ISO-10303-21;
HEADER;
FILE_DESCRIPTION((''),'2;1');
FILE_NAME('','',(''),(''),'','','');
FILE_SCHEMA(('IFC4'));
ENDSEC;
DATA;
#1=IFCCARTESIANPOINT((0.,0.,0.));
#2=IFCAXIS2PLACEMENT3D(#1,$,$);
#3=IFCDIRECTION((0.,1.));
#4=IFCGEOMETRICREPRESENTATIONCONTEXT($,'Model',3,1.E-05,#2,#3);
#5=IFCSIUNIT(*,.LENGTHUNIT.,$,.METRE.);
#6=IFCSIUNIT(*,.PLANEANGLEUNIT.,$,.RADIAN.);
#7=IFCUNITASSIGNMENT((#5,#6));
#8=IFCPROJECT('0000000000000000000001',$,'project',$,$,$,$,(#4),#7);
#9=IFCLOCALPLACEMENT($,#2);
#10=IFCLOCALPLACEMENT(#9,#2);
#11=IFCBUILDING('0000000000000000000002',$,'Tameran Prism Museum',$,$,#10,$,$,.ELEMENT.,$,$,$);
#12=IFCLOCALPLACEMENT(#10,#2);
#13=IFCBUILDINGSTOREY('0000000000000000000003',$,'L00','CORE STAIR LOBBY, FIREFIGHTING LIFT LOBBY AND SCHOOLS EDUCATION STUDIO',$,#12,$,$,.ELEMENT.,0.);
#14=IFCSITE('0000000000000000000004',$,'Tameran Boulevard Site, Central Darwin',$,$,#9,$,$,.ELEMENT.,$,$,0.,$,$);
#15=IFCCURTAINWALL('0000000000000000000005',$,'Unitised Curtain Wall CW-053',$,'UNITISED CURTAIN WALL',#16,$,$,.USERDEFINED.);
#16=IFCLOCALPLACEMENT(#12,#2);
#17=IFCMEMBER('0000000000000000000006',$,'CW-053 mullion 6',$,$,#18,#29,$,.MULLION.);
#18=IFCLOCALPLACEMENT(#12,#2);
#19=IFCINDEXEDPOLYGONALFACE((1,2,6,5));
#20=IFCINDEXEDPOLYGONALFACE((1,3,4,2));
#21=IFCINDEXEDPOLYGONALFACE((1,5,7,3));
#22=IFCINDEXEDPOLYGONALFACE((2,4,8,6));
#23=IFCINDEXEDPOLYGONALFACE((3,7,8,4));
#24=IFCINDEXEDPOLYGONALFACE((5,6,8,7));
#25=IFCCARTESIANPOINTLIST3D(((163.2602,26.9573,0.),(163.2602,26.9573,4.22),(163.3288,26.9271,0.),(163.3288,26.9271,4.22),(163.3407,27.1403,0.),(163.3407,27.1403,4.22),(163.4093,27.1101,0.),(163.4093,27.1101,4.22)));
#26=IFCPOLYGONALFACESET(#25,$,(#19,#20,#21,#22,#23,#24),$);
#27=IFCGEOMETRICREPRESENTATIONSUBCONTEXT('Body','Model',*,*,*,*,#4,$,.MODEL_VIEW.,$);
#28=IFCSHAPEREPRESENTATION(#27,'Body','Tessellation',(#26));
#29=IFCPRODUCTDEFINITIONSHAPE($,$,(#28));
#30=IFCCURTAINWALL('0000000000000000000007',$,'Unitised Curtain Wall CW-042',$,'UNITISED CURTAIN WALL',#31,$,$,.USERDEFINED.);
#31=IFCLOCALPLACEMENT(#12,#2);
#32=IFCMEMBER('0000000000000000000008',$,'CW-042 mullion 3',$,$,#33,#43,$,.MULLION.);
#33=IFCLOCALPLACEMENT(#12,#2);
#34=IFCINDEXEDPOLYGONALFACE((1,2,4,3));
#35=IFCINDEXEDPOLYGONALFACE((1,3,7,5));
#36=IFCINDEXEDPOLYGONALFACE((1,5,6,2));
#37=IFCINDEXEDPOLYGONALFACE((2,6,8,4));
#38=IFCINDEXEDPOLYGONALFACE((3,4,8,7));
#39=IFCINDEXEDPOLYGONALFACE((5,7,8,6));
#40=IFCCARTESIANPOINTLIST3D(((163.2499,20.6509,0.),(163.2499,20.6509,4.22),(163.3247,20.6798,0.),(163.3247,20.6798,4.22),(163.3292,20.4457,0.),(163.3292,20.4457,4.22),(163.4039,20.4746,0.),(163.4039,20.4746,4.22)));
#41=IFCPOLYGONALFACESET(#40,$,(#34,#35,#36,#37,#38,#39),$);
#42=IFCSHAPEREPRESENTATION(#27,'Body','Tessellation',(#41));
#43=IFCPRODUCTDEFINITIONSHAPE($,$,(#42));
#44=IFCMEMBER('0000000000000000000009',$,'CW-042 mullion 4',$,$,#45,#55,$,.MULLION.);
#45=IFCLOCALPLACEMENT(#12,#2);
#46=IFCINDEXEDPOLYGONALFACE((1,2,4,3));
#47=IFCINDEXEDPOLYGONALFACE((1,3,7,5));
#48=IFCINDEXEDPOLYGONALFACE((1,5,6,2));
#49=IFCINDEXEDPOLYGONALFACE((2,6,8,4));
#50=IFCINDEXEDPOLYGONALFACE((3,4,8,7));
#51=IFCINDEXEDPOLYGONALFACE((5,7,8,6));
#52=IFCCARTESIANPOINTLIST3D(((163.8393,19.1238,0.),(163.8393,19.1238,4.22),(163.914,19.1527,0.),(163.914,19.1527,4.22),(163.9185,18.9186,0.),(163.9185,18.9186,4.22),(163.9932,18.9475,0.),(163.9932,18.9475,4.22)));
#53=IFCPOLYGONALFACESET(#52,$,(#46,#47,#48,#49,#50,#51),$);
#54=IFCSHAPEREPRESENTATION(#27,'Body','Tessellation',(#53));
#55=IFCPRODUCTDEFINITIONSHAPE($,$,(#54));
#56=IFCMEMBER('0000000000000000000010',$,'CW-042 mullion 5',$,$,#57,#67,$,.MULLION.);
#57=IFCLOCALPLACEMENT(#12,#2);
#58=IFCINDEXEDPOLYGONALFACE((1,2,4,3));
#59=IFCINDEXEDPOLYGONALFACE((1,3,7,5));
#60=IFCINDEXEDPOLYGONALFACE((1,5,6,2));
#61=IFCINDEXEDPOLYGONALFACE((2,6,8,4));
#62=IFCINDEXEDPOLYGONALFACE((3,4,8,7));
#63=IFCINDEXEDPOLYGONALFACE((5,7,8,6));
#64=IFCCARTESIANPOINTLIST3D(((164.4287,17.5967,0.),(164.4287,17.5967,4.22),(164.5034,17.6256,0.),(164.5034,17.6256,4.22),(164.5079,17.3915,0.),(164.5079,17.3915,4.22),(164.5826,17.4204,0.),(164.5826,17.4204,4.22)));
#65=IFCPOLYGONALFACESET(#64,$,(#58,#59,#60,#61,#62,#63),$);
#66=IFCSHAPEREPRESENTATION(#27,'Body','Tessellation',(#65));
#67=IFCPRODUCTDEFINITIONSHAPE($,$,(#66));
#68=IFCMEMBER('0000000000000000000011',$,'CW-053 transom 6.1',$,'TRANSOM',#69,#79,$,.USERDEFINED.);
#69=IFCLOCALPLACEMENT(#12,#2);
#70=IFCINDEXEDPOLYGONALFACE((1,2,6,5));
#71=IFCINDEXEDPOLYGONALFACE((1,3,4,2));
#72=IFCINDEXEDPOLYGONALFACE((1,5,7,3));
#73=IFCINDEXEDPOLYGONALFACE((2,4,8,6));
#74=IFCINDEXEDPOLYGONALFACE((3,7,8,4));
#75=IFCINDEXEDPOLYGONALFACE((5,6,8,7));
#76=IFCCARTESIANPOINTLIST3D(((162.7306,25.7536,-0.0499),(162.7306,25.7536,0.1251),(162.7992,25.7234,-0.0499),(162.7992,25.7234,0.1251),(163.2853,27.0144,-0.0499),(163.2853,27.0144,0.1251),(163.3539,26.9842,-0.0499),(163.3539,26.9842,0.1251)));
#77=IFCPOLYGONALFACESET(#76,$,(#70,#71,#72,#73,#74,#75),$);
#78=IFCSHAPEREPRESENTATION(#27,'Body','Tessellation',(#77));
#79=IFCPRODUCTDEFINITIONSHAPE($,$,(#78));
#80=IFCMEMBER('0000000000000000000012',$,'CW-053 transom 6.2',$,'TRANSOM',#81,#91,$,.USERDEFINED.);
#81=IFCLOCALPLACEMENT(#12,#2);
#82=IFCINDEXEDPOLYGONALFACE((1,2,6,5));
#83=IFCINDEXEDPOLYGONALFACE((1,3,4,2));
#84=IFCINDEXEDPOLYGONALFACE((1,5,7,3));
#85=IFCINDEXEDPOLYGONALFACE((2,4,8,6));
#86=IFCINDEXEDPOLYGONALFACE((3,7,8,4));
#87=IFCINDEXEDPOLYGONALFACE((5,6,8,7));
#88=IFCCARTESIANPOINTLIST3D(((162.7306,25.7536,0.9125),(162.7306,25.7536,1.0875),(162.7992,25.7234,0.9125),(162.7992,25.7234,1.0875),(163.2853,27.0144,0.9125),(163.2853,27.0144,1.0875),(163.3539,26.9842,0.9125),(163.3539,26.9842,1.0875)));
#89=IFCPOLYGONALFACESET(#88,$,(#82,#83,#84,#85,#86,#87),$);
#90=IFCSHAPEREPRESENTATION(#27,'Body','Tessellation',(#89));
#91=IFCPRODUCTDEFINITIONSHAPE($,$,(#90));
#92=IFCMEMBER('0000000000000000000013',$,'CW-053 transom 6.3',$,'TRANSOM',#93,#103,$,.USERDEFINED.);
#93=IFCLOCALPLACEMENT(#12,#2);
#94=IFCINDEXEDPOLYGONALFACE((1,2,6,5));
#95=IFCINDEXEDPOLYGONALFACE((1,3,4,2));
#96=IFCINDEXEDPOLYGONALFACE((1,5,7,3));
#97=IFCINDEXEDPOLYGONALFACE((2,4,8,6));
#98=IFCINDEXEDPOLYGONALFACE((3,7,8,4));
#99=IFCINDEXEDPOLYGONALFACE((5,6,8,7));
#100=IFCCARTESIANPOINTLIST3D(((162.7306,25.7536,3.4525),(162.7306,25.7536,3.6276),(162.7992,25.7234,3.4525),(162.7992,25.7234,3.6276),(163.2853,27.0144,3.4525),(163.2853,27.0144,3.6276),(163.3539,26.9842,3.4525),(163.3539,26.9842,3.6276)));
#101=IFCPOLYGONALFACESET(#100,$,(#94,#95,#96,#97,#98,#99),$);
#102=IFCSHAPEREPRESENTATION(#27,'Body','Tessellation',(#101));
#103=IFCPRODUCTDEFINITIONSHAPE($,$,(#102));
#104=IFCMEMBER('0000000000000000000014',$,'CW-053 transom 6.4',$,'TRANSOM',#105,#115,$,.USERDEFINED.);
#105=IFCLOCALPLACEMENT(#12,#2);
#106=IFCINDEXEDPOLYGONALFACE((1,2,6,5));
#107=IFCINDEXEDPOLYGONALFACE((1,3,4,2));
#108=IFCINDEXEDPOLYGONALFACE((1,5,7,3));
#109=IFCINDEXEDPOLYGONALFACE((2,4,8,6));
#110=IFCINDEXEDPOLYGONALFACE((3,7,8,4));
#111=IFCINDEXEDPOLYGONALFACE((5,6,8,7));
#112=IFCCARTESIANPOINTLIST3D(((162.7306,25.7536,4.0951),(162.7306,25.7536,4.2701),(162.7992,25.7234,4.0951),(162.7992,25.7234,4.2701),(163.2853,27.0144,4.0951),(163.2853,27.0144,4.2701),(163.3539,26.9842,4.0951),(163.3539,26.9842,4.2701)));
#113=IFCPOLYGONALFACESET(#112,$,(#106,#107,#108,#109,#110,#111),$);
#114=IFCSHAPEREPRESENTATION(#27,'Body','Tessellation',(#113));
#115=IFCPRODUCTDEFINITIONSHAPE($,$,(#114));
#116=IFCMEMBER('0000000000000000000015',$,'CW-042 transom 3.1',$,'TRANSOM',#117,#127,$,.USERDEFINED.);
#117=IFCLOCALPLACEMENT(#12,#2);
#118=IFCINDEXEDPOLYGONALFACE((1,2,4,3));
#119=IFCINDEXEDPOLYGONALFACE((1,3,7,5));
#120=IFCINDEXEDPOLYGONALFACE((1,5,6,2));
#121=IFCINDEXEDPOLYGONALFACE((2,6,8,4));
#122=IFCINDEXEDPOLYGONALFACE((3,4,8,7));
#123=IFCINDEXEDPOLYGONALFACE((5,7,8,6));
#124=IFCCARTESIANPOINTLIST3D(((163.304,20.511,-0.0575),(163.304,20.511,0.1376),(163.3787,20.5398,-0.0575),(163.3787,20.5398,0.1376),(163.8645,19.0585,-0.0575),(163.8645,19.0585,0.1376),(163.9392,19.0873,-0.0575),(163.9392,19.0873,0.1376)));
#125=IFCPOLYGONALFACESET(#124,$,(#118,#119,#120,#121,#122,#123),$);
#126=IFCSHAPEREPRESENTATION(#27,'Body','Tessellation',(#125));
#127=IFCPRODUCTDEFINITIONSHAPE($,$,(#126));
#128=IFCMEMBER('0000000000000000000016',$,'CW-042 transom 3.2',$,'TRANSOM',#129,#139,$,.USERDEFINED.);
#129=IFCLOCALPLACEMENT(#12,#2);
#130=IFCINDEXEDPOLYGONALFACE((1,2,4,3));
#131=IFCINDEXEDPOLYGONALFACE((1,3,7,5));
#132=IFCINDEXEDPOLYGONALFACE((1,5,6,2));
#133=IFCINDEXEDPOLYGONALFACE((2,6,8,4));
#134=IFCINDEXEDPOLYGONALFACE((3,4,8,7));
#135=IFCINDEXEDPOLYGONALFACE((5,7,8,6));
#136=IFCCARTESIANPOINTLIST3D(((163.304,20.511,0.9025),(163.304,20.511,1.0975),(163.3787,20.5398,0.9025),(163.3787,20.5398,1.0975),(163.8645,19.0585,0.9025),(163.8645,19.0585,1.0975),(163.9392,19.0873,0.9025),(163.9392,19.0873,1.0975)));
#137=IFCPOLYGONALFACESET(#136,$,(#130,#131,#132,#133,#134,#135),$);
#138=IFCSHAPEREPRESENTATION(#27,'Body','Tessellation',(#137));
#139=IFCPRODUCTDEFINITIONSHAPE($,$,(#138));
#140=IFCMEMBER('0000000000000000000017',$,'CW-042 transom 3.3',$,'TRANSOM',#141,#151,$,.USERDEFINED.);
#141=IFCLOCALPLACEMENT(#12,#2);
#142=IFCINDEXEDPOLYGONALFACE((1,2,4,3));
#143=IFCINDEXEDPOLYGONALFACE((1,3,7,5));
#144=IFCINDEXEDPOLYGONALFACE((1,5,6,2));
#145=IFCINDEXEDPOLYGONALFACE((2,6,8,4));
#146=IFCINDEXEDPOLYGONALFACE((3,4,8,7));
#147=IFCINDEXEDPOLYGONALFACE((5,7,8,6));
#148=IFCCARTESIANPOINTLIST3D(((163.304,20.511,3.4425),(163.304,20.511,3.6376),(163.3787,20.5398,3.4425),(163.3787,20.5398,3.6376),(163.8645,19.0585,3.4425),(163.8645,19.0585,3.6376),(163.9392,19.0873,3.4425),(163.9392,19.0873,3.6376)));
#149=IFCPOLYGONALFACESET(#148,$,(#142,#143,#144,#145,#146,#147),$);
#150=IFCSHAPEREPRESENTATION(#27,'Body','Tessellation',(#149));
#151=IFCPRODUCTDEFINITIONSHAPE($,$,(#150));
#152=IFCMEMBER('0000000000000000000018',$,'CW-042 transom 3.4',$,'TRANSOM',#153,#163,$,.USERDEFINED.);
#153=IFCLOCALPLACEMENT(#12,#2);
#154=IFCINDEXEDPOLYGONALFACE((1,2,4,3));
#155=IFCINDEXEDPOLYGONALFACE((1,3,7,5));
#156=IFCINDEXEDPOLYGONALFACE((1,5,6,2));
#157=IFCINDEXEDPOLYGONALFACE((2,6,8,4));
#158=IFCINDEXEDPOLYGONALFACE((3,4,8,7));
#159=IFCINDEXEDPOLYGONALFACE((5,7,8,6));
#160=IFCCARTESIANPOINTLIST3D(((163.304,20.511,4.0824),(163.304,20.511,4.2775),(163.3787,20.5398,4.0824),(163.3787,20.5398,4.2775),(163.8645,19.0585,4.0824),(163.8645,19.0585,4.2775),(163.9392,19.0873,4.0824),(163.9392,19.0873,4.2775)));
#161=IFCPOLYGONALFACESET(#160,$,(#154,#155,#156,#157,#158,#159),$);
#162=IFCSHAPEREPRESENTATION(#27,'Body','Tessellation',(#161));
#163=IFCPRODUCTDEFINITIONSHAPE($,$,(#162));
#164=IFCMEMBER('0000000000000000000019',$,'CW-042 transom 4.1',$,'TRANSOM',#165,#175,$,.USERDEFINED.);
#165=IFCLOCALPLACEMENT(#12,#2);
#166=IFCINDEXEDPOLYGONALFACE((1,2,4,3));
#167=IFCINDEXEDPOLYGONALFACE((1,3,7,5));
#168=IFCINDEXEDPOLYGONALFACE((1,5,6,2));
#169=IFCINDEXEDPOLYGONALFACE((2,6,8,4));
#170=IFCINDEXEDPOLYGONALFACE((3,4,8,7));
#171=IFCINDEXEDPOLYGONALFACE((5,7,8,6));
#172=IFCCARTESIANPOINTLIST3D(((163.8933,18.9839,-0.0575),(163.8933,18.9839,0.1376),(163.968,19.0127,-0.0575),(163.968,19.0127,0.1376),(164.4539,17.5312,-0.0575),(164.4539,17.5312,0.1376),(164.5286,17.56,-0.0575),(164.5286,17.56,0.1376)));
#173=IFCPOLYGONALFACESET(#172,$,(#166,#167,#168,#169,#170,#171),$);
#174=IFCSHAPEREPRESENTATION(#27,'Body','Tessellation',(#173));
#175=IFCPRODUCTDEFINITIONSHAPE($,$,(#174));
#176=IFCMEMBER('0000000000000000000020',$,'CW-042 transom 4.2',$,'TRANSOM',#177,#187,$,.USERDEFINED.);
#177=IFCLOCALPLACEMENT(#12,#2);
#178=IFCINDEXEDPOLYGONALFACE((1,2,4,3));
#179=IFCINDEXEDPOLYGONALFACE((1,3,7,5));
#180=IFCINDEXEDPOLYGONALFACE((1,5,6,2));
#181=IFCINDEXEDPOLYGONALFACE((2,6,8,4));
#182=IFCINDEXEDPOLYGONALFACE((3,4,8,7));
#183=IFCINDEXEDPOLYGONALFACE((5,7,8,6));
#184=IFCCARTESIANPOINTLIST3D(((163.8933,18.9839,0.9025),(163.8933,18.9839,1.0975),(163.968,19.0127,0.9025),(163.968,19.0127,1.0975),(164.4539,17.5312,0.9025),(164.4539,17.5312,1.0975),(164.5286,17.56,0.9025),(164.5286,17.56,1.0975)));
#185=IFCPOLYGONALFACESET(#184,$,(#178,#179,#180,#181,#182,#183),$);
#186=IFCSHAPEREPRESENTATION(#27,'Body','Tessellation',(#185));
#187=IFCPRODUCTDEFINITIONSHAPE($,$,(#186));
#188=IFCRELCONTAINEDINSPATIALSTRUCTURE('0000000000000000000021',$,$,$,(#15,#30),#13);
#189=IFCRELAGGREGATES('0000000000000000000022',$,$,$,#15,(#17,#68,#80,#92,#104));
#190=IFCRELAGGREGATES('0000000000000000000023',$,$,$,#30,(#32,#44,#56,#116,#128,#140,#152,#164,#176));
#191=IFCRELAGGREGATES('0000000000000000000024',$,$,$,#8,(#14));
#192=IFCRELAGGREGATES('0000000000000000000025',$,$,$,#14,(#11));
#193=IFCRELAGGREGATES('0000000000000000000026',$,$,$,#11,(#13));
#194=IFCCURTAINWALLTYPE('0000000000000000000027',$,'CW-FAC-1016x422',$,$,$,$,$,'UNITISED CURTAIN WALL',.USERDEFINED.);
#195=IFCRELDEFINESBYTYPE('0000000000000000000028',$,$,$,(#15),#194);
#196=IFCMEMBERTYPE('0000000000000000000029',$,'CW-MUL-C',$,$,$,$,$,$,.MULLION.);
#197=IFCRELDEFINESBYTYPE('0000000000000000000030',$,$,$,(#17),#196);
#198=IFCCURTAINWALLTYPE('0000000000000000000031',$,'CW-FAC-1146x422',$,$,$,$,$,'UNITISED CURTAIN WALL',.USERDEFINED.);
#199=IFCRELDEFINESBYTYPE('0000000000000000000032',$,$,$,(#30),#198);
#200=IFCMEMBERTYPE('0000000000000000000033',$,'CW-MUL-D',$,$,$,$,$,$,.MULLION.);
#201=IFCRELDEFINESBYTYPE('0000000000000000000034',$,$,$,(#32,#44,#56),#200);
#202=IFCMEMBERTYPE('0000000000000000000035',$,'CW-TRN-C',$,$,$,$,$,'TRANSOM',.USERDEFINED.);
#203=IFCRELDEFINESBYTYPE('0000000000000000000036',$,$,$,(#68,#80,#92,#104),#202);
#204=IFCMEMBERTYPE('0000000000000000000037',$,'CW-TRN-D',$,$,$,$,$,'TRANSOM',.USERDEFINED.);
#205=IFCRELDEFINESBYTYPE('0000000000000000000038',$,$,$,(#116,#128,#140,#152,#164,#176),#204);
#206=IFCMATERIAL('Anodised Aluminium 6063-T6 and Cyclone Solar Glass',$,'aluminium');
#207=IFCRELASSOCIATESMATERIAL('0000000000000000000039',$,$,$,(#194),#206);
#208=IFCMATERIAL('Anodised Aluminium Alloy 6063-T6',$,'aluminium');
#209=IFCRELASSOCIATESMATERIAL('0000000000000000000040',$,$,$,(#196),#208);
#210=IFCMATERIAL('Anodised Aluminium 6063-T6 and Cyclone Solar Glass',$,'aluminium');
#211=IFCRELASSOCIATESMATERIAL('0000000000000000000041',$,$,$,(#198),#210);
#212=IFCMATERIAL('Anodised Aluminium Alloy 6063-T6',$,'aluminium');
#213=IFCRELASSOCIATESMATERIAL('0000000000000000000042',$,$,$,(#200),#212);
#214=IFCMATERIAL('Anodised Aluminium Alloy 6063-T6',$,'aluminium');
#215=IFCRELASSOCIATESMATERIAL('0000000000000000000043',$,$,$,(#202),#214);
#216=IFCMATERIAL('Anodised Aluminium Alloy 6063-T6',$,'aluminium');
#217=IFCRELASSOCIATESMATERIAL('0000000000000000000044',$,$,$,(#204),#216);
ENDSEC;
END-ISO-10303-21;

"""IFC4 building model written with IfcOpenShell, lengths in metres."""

from ifc_helpers import new_model, si_unit, direction, frame, origin, origin_2d, place, context, subcontext, project, spatial, rectangle, extrude, material, material_profile, profile_set, type_object, element, aggregate, save


model = new_model("IFC4")

# Units and contexts
model_context = context("Model", 3, precision=1e-05, world=origin(), true_north=direction((0.0, 1.0)))
body_context = subcontext(model_context, "Body", "Model", "MODEL_VIEW")
ifc_project = project(units=[si_unit("LENGTHUNIT", "METRE"), si_unit("PLANEANGLEUNIT", "RADIAN")], contexts=[model_context])

# Site, building, storey
site_placement = place(None, origin())
site = spatial("IfcSite", under=ifc_project, at=site_placement, Name="Tameran Boulevard Site, Central Darwin", CompositionType="ELEMENT", RefElevation=0.0)
building_placement = place(site_placement, origin())
building = spatial("IfcBuilding", under=site, at=building_placement, Name="Tameran Prism Museum", CompositionType="ELEMENT")
storey_placement = place(building_placement, origin())
storey = spatial("IfcBuildingStorey", under=building, at=storey_placement, Name="L00", Description="CORE STAIR LOBBY, FIREFIGHTING LIFT LOBBY AND SCHOOLS EDUCATION STUDIO", CompositionType="ELEMENT", Elevation=0.0)

# Curtain wall, member
ifc_material_1 = material(Name="Anodised Aluminium 6063-T6 and Cyclone Solar Glass", Category="aluminium")
curtain_wall_type_1 = type_object("IfcCurtainWallType", Name="CW-FAC-1016x422", ElementType="UNITISED CURTAIN WALL", PredefinedType="USERDEFINED", material=ifc_material_1)
curtain_wall_1_placement = place(storey_placement, origin())
curtain_wall_1 = element("IfcCurtainWall", 1, at=curtain_wall_1_placement, inside=storey, type_object=curtain_wall_type_1, Name="Unitised Curtain Wall CW-053", ObjectType="UNITISED CURTAIN WALL", PredefinedType="USERDEFINED")
ifc_material_2 = material(Name="Anodised Aluminium Alloy 6063-T6", Category="aluminium")
ifc_material_profile_1 = material_profile(ifc_material_2, rectangle(XDim=0.075, YDim=0.2, at=origin_2d()))
ifc_profile_set_1 = profile_set([ifc_material_profile_1])
member_type_1 = type_object("IfcMemberType", Name="CW-MUL-C", PredefinedType="MULLION", material=ifc_profile_set_1)
member_1_placement = place(storey_placement, frame((163.3347, 27.0337, 0.0), z_axis=(0.0, 0.0, 1.0), x_axis=(0.915322, -0.402722, 0.0)))
member_1 = element("IfcMember", 2, at=member_1_placement, type_object=member_type_1, Name="CW-053 mullion 6", PredefinedType="MULLION", context=body_context, shape_type="SweptSolid", body=[
    extrude(rectangle(XDim=0.075, YDim=0.2, at=origin_2d()), origin(), (0.0, 0.0, 1.0), 4.22),
])

# Curtain wall, members
ifc_material_3 = material(Name="Anodised Aluminium 6063-T6 and Cyclone Solar Glass", Category="aluminium")
curtain_wall_type_2 = type_object("IfcCurtainWallType", Name="CW-FAC-1146x422", ElementType="UNITISED CURTAIN WALL", PredefinedType="USERDEFINED", material=ifc_material_3)
curtain_wall_2_placement = place(storey_placement, origin())
curtain_wall_2 = element("IfcCurtainWall", 3, at=curtain_wall_2_placement, inside=storey, type_object=curtain_wall_type_2, Name="Unitised Curtain Wall CW-042", ObjectType="UNITISED CURTAIN WALL", PredefinedType="USERDEFINED")
ifc_material_4 = material(Name="Anodised Aluminium Alloy 6063-T6", Category="aluminium")
ifc_material_profile_2 = material_profile(ifc_material_4, rectangle(XDim=0.0801, YDim=0.22, at=origin_2d()))
ifc_profile_set_2 = profile_set([ifc_material_profile_2])
member_type_2 = type_object("IfcMemberType", Name="CW-MUL-D", PredefinedType="MULLION", material=ifc_profile_set_2)
member_2_placement = place(storey_placement, frame((163.3269, 20.5627, 0.0), z_axis=(0.0, 0.0, 1.0), x_axis=(0.932922, 0.360078, 0.0)))
member_2 = element("IfcMember", 4, at=member_2_placement, type_object=member_type_2, Name="CW-042 mullion 3", PredefinedType="MULLION", context=body_context, shape_type="SweptSolid", body=[
    extrude(rectangle(XDim=0.0801, YDim=0.22, at=origin_2d()), origin(), (0.0, 0.0, 1.0), 4.22),
])
member_3_placement = place(storey_placement, frame((163.9163, 19.0356, 0.0), z_axis=(0.0, 0.0, 1.0), x_axis=(0.932922, 0.360078, 0.0)))
member_3 = element("IfcMember", 5, at=member_3_placement, type_object=member_type_2, Name="CW-042 mullion 4", PredefinedType="MULLION", context=body_context, shape_type="SweptSolid", body=[
    extrude(rectangle(XDim=0.0801, YDim=0.22, at=origin_2d()), origin(), (0.0, 0.0, 1.0), 4.22),
])
member_4_placement = place(storey_placement, frame((164.5056, 17.5085, 0.0), z_axis=(0.0, 0.0, 1.0), x_axis=(0.932922, 0.360078, 0.0)))
member_4 = element("IfcMember", 6, at=member_4_placement, type_object=member_type_2, Name="CW-042 mullion 5", PredefinedType="MULLION", context=body_context, shape_type="SweptSolid", body=[
    extrude(rectangle(XDim=0.0801, YDim=0.22, at=origin_2d()), origin(), (0.0, 0.0, 1.0), 4.22),
])

# Members
ifc_material_5 = material(Name="Anodised Aluminium Alloy 6063-T6", Category="aluminium")
ifc_material_profile_3 = material_profile(ifc_material_5, rectangle(XDim=0.075, YDim=0.175, at=origin_2d()))
ifc_profile_set_3 = profile_set([ifc_material_profile_3])
member_type_3 = type_object("IfcMemberType", Name="CW-TRN-C", ElementType="TRANSOM", PredefinedType="USERDEFINED", material=ifc_profile_set_3)
member_5_placement = place(storey_placement, frame((163.3196, 26.9993, 0.0376), z_axis=(-0.402715, -0.915325, 0.0), x_axis=(0.915325, -0.402715, 0.0)))
member_5 = element("IfcMember", 7, at=member_5_placement, type_object=member_type_3, Name="CW-053 transom 6.1", ObjectType="TRANSOM", PredefinedType="USERDEFINED", context=body_context, shape_type="SweptSolid", body=[
    extrude(rectangle(XDim=0.075, YDim=0.175, at=origin_2d()), origin(), (0.0, 0.0, 1.0), 1.3774),
])
member_6_placement = place(storey_placement, frame((163.3196, 26.9993, 1.0), z_axis=(-0.402715, -0.915325, 0.0), x_axis=(0.915325, -0.402715, 0.0)))
member_6 = element("IfcMember", 8, at=member_6_placement, type_object=member_type_3, Name="CW-053 transom 6.2", ObjectType="TRANSOM", PredefinedType="USERDEFINED", context=body_context, shape_type="SweptSolid", body=[
    extrude(rectangle(XDim=0.075, YDim=0.175, at=origin_2d()), origin(), (0.0, 0.0, 1.0), 1.3774),
])
member_7_placement = place(storey_placement, frame((163.3196, 26.9993, 3.54), z_axis=(-0.402715, -0.915325, 0.0), x_axis=(0.915325, -0.402715, 0.0)))
member_7 = element("IfcMember", 9, at=member_7_placement, type_object=member_type_3, Name="CW-053 transom 6.3", ObjectType="TRANSOM", PredefinedType="USERDEFINED", context=body_context, shape_type="SweptSolid", body=[
    extrude(rectangle(XDim=0.075, YDim=0.175, at=origin_2d()), origin(), (0.0, 0.0, 1.0), 1.3774),
])
member_8_placement = place(storey_placement, frame((163.3196, 26.9993, 4.1826), z_axis=(-0.402715, -0.915325, 0.0), x_axis=(0.915325, -0.402715, 0.0)))
member_8 = element("IfcMember", 10, at=member_8_placement, type_object=member_type_3, Name="CW-053 transom 6.4", ObjectType="TRANSOM", PredefinedType="USERDEFINED", context=body_context, shape_type="SweptSolid", body=[
    extrude(rectangle(XDim=0.075, YDim=0.175, at=origin_2d()), origin(), (0.0, 0.0, 1.0), 1.3774),
])
ifc_material_6 = material(Name="Anodised Aluminium Alloy 6063-T6", Category="aluminium")
ifc_material_profile_4 = material_profile(ifc_material_6, rectangle(XDim=0.0801, YDim=0.1951, at=origin_2d()))
ifc_profile_set_4 = profile_set([ifc_material_profile_4])
member_type_4 = type_object("IfcMemberType", Name="CW-TRN-D", ElementType="TRANSOM", PredefinedType="USERDEFINED", material=ifc_profile_set_4)
member_9_placement = place(storey_placement, frame((163.3413, 20.5254, 0.04), z_axis=(0.360061, -0.932929, 0.0), x_axis=(0.932929, 0.360061, 0.0)))
member_9 = element("IfcMember", 11, at=member_9_placement, type_object=member_type_4, Name="CW-042 transom 3.1", ObjectType="TRANSOM", PredefinedType="USERDEFINED", context=body_context, shape_type="SweptSolid", body=[
    extrude(rectangle(XDim=0.0801, YDim=0.1951, at=origin_2d()), origin(), (0.0, 0.0, 1.0), 1.5569),
])
member_10_placement = place(storey_placement, frame((163.3413, 20.5254, 1.0), z_axis=(0.360061, -0.932929, 0.0), x_axis=(0.932929, 0.360061, 0.0)))
member_10 = element("IfcMember", 12, at=member_10_placement, type_object=member_type_4, Name="CW-042 transom 3.2", ObjectType="TRANSOM", PredefinedType="USERDEFINED", context=body_context, shape_type="SweptSolid", body=[
    extrude(rectangle(XDim=0.0801, YDim=0.1951, at=origin_2d()), origin(), (0.0, 0.0, 1.0), 1.5569),
])
member_11_placement = place(storey_placement, frame((163.3413, 20.5254, 3.54), z_axis=(0.360061, -0.932929, 0.0), x_axis=(0.932929, 0.360061, 0.0)))
member_11 = element("IfcMember", 13, at=member_11_placement, type_object=member_type_4, Name="CW-042 transom 3.3", ObjectType="TRANSOM", PredefinedType="USERDEFINED", context=body_context, shape_type="SweptSolid", body=[
    extrude(rectangle(XDim=0.0801, YDim=0.1951, at=origin_2d()), origin(), (0.0, 0.0, 1.0), 1.5569),
])
member_12_placement = place(storey_placement, frame((163.3413, 20.5254, 4.1799), z_axis=(0.360061, -0.932929, 0.0), x_axis=(0.932929, 0.360061, 0.0)))
member_12 = element("IfcMember", 14, at=member_12_placement, type_object=member_type_4, Name="CW-042 transom 3.4", ObjectType="TRANSOM", PredefinedType="USERDEFINED", context=body_context, shape_type="SweptSolid", body=[
    extrude(rectangle(XDim=0.0801, YDim=0.1951, at=origin_2d()), origin(), (0.0, 0.0, 1.0), 1.5569),
])
member_13_placement = place(storey_placement, frame((163.9307, 18.9983, 0.04), z_axis=(0.360009, -0.932949, 0.0), x_axis=(0.932949, 0.360009, 0.0)))
member_13 = element("IfcMember", 15, at=member_13_placement, type_object=member_type_4, Name="CW-042 transom 4.1", ObjectType="TRANSOM", PredefinedType="USERDEFINED", context=body_context, shape_type="SweptSolid", body=[
    extrude(rectangle(XDim=0.0801, YDim=0.1951, at=origin_2d()), origin(), (0.0, 0.0, 1.0), 1.5571),
])
member_14_placement = place(storey_placement, frame((163.9307, 18.9983, 1.0), z_axis=(0.360009, -0.932949, 0.0), x_axis=(0.932949, 0.360009, 0.0)))
member_14 = element("IfcMember", 16, at=member_14_placement, type_object=member_type_4, Name="CW-042 transom 4.2", ObjectType="TRANSOM", PredefinedType="USERDEFINED", context=body_context, shape_type="SweptSolid", body=[
    extrude(rectangle(XDim=0.0801, YDim=0.1951, at=origin_2d()), origin(), (0.0, 0.0, 1.0), 1.5571),
])

aggregate(curtain_wall_1, [member_1, member_5, member_6, member_7, member_8])
aggregate(curtain_wall_2, [member_2, member_3, member_4, member_9, member_10, member_11, member_12, member_13, member_14])

save(model, "model.ifc")
